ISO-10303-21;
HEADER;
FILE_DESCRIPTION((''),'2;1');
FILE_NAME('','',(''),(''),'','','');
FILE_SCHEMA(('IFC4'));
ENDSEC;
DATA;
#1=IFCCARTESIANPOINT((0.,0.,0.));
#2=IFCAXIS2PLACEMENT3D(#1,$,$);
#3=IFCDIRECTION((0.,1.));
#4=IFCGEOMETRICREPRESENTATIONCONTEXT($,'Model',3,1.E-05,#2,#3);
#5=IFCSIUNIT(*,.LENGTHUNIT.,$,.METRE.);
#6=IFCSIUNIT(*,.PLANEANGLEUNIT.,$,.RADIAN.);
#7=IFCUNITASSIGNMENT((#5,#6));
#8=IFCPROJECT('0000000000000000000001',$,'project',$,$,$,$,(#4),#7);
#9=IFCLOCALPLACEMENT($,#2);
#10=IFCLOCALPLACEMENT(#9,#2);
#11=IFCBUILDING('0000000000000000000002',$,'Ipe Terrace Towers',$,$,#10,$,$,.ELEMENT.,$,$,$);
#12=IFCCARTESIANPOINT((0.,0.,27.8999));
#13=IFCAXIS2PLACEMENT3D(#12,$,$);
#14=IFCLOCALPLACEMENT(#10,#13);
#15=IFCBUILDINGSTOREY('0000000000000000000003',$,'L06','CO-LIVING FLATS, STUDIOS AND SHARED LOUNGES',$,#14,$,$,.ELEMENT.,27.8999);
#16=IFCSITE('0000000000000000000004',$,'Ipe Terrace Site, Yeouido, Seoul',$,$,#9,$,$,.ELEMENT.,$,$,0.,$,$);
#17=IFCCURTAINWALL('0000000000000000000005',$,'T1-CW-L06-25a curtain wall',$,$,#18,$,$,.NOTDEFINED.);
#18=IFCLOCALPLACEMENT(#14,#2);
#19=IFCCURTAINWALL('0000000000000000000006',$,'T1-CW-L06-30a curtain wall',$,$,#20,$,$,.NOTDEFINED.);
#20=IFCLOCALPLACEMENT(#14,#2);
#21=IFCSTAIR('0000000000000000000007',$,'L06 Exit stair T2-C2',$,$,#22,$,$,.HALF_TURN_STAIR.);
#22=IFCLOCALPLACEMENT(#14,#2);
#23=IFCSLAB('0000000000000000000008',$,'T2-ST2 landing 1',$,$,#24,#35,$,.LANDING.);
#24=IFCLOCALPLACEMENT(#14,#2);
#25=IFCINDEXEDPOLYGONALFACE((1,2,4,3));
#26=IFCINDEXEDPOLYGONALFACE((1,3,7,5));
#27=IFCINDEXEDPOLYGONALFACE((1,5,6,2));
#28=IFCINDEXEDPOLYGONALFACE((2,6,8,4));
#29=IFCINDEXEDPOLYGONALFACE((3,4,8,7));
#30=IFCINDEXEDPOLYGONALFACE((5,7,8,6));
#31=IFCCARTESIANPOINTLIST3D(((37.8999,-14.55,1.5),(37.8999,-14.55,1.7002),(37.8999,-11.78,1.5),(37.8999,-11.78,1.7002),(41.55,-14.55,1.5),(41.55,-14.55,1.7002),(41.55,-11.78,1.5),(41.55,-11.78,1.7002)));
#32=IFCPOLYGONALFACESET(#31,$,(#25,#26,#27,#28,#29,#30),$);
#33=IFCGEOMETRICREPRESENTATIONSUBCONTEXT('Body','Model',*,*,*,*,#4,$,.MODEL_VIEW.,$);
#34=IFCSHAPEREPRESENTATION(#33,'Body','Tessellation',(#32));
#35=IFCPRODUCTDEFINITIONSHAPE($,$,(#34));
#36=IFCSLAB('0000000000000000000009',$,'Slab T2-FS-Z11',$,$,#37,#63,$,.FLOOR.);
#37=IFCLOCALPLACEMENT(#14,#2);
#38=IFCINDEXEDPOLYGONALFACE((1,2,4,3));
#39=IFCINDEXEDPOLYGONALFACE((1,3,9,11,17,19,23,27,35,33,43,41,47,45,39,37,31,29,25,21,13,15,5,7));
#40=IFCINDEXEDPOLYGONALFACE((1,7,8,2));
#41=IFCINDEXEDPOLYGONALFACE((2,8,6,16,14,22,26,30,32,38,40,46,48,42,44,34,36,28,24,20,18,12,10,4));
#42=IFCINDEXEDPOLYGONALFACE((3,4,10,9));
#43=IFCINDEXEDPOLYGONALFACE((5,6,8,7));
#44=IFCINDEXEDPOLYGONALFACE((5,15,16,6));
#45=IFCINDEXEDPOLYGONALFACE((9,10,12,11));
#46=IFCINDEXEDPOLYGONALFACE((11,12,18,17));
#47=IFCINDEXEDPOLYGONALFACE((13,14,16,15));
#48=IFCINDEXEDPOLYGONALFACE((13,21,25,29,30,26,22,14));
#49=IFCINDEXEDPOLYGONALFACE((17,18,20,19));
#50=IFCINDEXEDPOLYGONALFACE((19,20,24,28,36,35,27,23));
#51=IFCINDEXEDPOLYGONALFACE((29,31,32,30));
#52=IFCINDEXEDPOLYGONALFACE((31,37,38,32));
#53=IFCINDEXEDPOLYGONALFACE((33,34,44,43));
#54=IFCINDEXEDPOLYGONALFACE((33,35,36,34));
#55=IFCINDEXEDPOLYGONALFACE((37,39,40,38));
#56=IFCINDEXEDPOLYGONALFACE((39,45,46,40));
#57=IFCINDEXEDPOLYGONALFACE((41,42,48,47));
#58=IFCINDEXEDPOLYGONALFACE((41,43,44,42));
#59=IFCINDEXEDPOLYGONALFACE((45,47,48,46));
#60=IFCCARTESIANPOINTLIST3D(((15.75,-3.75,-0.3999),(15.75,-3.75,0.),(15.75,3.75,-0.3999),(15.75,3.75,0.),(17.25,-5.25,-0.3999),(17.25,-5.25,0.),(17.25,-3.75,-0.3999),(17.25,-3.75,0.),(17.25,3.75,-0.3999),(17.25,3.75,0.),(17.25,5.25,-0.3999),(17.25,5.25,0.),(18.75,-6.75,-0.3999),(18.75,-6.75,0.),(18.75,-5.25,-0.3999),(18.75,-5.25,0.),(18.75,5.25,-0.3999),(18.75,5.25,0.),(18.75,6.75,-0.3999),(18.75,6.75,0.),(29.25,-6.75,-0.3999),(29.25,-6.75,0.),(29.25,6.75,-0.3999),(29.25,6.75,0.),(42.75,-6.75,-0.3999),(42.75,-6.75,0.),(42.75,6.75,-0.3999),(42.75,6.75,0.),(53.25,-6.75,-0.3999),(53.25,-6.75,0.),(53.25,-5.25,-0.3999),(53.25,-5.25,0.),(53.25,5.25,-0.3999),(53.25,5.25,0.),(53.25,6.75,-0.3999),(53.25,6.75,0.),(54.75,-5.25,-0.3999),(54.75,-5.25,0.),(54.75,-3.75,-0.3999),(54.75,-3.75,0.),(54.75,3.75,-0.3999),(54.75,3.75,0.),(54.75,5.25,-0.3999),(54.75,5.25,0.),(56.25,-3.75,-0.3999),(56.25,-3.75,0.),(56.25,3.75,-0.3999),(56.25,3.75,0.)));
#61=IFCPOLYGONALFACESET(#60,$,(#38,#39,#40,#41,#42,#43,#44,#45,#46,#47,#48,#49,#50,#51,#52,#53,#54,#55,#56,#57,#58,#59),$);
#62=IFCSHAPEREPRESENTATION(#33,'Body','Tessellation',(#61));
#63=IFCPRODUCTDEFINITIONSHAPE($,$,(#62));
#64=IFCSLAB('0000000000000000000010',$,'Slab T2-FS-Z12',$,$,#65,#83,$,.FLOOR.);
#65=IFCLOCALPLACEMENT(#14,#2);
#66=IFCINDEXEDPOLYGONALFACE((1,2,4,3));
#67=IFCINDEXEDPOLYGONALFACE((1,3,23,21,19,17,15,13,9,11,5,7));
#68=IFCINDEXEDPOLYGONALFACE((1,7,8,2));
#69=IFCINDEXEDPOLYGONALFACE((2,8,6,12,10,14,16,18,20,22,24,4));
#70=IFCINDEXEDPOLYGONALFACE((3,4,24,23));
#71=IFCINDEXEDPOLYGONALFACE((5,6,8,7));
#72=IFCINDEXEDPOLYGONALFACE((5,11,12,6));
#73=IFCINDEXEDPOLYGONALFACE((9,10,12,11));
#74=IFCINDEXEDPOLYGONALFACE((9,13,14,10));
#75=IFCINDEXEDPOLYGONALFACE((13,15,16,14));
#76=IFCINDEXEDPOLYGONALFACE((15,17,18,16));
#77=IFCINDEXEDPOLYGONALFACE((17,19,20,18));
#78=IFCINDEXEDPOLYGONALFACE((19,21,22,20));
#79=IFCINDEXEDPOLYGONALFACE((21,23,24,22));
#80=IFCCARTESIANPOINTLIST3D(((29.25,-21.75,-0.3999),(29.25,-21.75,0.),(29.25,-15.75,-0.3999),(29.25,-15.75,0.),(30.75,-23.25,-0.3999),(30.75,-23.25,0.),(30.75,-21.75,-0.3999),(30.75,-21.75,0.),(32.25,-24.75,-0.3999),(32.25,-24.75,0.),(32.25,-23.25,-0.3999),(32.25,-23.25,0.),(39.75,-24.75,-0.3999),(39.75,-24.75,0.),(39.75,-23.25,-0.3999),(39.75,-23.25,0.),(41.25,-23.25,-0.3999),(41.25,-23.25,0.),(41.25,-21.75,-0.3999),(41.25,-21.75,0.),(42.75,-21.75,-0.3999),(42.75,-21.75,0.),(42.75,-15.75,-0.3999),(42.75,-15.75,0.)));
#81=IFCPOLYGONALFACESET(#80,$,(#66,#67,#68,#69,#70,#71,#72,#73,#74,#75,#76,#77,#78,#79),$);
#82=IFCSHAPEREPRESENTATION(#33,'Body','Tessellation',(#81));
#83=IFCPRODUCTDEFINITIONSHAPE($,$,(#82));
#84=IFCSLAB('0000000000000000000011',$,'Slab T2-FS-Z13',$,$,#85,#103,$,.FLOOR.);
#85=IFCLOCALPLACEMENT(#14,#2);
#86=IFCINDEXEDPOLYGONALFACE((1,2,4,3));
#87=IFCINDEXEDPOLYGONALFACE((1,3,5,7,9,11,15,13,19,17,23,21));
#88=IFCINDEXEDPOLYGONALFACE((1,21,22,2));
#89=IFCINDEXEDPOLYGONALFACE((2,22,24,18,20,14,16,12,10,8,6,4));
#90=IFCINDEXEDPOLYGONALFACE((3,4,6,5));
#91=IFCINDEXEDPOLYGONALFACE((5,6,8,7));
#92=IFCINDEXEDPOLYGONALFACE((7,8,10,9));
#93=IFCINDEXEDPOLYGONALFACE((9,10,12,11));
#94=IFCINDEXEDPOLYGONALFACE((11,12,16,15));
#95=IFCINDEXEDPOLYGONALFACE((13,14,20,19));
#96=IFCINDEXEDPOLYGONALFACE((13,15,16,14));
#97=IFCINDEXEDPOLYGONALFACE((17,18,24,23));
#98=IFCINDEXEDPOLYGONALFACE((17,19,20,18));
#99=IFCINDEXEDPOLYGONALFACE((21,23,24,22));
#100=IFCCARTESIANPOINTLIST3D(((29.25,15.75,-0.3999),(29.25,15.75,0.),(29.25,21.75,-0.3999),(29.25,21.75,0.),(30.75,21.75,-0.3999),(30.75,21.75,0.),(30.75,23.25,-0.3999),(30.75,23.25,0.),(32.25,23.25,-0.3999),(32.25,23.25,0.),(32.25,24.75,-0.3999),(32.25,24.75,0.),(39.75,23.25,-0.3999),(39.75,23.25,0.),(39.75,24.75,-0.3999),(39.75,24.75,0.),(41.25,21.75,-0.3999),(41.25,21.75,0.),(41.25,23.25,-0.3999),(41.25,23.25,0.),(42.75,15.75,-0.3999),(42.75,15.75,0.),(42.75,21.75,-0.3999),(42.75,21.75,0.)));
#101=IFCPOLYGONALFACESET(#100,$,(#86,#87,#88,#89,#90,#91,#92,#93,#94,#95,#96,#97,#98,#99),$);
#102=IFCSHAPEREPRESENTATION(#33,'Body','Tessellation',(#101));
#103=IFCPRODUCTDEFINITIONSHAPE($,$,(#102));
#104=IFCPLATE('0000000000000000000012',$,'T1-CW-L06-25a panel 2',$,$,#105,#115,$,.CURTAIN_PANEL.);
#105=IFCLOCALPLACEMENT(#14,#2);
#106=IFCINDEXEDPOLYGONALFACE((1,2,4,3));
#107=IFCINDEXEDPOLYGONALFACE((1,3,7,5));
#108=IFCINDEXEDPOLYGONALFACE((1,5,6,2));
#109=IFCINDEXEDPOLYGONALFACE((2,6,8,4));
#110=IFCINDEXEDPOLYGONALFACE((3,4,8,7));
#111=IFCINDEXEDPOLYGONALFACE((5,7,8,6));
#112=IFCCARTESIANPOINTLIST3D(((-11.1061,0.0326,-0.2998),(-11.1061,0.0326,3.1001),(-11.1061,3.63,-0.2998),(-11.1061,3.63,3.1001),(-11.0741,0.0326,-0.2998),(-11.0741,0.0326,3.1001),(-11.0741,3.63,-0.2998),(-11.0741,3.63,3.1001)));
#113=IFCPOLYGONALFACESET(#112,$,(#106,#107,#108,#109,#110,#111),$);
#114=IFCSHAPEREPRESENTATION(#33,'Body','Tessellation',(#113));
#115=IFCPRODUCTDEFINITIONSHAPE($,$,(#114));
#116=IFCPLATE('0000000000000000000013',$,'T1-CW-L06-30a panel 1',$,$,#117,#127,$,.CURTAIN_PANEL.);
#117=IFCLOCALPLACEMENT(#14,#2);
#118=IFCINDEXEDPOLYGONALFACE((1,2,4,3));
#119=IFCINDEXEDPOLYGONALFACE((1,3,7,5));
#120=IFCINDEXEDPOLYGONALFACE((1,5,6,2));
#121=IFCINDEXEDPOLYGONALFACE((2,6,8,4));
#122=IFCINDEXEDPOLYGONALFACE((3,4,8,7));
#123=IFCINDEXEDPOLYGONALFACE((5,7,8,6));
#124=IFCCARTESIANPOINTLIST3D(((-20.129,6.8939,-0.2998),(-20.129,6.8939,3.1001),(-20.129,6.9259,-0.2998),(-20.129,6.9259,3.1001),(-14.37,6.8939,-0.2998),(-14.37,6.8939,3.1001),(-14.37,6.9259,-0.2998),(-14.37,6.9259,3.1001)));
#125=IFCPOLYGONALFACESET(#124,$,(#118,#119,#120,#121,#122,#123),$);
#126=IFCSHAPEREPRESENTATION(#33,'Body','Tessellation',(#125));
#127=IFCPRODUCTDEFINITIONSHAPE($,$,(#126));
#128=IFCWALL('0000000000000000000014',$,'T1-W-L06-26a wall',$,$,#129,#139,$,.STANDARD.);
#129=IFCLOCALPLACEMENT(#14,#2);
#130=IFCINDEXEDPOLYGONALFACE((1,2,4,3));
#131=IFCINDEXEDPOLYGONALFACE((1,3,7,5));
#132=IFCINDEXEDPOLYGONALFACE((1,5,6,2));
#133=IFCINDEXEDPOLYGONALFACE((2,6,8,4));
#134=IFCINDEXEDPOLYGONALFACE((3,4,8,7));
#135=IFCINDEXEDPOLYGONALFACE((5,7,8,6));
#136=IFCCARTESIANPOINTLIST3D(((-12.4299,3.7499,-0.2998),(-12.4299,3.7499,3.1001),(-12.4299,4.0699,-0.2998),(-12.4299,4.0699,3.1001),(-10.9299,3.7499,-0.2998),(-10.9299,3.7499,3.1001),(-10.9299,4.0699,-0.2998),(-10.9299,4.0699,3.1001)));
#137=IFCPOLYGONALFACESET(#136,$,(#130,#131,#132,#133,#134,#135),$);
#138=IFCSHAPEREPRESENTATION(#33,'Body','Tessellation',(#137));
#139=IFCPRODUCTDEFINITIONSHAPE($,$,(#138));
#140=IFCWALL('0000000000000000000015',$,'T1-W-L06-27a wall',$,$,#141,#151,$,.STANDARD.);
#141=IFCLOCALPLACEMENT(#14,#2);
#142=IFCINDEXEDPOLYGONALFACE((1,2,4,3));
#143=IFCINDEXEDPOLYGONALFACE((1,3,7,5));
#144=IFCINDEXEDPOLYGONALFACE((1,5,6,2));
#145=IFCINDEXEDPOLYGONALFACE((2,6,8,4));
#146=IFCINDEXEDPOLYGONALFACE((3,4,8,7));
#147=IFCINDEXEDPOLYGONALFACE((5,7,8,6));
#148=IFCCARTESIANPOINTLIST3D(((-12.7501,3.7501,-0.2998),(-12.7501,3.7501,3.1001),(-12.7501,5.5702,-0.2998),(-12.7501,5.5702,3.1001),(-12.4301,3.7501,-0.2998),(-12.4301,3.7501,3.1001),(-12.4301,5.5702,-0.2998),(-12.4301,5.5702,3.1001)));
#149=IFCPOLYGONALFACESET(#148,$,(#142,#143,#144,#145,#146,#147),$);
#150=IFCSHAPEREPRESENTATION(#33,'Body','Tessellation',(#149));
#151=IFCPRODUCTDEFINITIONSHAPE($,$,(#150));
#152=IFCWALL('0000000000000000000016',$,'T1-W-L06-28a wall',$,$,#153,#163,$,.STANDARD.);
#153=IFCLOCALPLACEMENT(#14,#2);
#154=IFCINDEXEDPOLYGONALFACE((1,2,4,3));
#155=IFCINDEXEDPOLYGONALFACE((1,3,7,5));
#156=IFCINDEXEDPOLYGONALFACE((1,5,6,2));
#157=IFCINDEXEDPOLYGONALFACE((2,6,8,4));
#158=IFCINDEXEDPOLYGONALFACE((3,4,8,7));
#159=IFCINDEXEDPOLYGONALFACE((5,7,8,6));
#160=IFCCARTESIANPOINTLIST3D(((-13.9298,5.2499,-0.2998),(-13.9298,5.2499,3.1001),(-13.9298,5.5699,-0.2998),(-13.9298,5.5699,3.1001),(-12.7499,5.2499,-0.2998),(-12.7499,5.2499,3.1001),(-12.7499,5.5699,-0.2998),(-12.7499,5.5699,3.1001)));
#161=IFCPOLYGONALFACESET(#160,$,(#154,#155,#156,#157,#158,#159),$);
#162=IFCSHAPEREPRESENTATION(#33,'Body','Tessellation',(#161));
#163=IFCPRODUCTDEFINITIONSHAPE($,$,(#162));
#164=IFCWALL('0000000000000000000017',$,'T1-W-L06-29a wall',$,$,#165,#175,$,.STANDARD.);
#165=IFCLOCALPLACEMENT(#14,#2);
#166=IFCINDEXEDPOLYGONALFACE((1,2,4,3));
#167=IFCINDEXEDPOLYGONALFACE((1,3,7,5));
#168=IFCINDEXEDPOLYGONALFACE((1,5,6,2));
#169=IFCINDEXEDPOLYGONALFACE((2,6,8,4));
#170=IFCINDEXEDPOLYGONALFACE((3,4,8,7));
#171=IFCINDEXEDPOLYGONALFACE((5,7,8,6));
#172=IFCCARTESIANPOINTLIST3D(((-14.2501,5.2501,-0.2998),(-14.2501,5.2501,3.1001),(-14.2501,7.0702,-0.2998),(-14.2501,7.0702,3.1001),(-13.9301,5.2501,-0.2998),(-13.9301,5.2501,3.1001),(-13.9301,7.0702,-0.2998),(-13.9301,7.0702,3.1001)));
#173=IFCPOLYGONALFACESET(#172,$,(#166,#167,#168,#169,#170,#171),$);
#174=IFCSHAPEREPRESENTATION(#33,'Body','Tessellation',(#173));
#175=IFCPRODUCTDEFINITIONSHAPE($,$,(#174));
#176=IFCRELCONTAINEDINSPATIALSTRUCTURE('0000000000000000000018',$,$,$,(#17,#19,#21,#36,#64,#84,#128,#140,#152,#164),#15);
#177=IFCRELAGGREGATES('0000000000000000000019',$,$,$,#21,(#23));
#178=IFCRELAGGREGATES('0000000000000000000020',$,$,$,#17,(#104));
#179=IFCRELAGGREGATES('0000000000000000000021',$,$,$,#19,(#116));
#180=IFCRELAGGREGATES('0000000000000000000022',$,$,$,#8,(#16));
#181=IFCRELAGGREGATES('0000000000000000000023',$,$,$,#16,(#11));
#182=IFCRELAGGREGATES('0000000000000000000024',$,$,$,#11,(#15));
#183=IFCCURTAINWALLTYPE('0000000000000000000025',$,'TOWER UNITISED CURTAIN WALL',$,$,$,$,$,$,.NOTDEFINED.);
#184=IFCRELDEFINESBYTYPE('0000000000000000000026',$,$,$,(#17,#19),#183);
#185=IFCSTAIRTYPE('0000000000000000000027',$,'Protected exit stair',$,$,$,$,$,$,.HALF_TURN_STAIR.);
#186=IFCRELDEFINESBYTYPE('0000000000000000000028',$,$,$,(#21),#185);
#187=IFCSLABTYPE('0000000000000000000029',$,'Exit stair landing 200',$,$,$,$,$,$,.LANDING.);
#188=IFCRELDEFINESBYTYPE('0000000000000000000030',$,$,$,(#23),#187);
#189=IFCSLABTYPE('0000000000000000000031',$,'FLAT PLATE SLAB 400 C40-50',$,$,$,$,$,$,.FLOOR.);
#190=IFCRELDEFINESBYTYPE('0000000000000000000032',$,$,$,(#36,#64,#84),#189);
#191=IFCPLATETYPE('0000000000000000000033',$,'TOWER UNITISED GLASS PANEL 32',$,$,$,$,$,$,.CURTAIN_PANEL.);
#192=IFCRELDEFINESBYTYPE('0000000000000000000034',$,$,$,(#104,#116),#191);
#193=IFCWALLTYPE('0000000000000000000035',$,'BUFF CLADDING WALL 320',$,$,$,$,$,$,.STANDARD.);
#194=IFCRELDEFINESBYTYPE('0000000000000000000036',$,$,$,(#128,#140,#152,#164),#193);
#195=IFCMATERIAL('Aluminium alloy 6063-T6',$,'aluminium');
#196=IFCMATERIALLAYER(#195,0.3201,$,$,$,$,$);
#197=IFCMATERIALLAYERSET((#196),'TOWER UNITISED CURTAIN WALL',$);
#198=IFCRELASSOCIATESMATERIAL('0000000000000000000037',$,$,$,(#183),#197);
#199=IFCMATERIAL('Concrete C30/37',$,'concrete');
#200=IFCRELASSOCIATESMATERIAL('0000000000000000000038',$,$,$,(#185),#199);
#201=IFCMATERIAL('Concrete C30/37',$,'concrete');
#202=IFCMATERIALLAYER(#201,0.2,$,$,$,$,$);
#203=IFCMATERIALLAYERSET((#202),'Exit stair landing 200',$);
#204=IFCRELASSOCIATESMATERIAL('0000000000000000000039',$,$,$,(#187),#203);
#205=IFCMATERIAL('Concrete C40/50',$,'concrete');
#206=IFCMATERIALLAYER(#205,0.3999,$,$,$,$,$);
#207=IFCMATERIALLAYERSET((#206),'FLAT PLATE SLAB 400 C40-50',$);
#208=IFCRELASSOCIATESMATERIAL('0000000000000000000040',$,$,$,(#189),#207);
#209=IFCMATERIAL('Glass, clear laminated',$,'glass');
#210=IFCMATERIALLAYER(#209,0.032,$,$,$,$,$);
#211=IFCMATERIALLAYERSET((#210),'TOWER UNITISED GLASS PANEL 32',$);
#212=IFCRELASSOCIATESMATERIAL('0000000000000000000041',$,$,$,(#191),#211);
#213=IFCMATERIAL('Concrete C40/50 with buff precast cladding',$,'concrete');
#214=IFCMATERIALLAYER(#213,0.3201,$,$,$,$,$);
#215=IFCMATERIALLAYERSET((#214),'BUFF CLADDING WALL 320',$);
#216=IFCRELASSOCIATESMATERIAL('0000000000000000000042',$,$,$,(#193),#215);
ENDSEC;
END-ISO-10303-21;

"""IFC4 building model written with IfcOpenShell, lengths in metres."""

from ifc_helpers import new_model, si_unit, direction, frame, frame_2d, origin, origin_2d, place, context, subcontext, project, spatial, polyline, rectangle, outline, extrude, material, layer, layer_set, type_object, element, aggregate, save


model = new_model("IFC4")

# Units and contexts
model_context = context("Model", 3, precision=1e-05, world=origin(), true_north=direction((0.0, 1.0)))
body_context = subcontext(model_context, "Body", "Model", "MODEL_VIEW")
ifc_project = project(units=[si_unit("LENGTHUNIT", "METRE"), si_unit("PLANEANGLEUNIT", "RADIAN")], contexts=[model_context])

# Site, building, storey
site_placement = place(None, origin())
site = spatial("IfcSite", under=ifc_project, at=site_placement, Name="Ipe Terrace Site, Yeouido, Seoul", CompositionType="ELEMENT", RefElevation=0.0)
building_placement = place(site_placement, origin())
building = spatial("IfcBuilding", under=site, at=building_placement, Name="Ipe Terrace Towers", CompositionType="ELEMENT")
storey_placement = place(building_placement, frame((0.0, 0.0, 27.8999)))
storey = spatial("IfcBuildingStorey", under=building, at=storey_placement, Name="L06", Description="CO-LIVING FLATS, STUDIOS AND SHARED LOUNGES", CompositionType="ELEMENT", Elevation=27.8999)

# Curtain wall
ifc_material_1 = material(Name="Aluminium alloy 6063-T6", Category="aluminium")
ifc_layer_1 = layer(ifc_material_1, 0.3201)
ifc_layer_set_1 = layer_set([ifc_layer_1], Name="TOWER UNITISED CURTAIN WALL")
curtain_wall_type = type_object("IfcCurtainWallType", Name="TOWER UNITISED CURTAIN WALL", PredefinedType="NOTDEFINED", material=ifc_layer_set_1)
curtain_wall_1_placement = place(storey_placement, origin())
curtain_wall_1 = element("IfcCurtainWall", 1, at=curtain_wall_1_placement, inside=storey, type_object=curtain_wall_type, Name="T1-CW-L06-25a curtain wall", PredefinedType="NOTDEFINED")

# Curtain wall
curtain_wall_2_placement = place(storey_placement, origin())
curtain_wall_2 = element("IfcCurtainWall", 2, at=curtain_wall_2_placement, inside=storey, type_object=curtain_wall_type, Name="T1-CW-L06-30a curtain wall", PredefinedType="NOTDEFINED")

# Stair, slab
ifc_material_2 = material(Name="Concrete C30/37", Category="concrete")
stair_type = type_object("IfcStairType", Name="Protected exit stair", PredefinedType="HALF_TURN_STAIR", material=ifc_material_2)
ifc_material_3 = material(Name="Concrete C30/37", Category="concrete")
ifc_layer_2 = layer(ifc_material_3, 0.2)
ifc_layer_set_2 = layer_set([ifc_layer_2], Name="Exit stair landing 200")
slab_type_1 = type_object("IfcSlabType", Name="Exit stair landing 200", PredefinedType="LANDING", material=ifc_layer_set_2)
stair_1_placement = place(storey_placement, origin())
stair_1 = element("IfcStair", 3, at=stair_1_placement, inside=storey, type_object=stair_type, Name="L06 Exit stair T2-C2", PredefinedType="HALF_TURN_STAIR")
slab_1_placement = place(storey_placement, frame((0.0, 0.0, 1.5)))
slab_1 = element("IfcSlab", 4, at=slab_1_placement, type_object=slab_type_1, Name="T2-ST2 landing 1", PredefinedType="LANDING", context=body_context, shape_type="SweptSolid", body=[
    extrude(outline(polyline([(37.8999, -11.78), (37.8999, -14.55), (41.55, -14.55), (41.55, -11.78), (37.8999, -11.78)])), origin(), (0.0, 0.0, 1.0), 0.2002),
])
aggregate(stair_1, [slab_1])

# Slabs
ifc_material_4 = material(Name="Concrete C40/50", Category="concrete")
ifc_layer_3 = layer(ifc_material_4, 0.3999)
ifc_layer_set_3 = layer_set([ifc_layer_3], Name="FLAT PLATE SLAB 400 C40-50")
slab_type_2 = type_object("IfcSlabType", Name="FLAT PLATE SLAB 400 C40-50", PredefinedType="FLOOR", material=ifc_layer_set_3)
slab_2_placement = place(storey_placement, frame((0.0, 0.0, -0.3999)))
element("IfcSlab", 5, at=slab_2_placement, inside=storey, type_object=slab_type_2, Name="Slab T2-FS-Z11", PredefinedType="FLOOR", context=body_context, shape_type="SweptSolid", body=[
    extrude(outline(polyline([(53.25, 5.25), (54.75, 5.25), (54.75, 3.75), (56.25, 3.75), (56.25, -3.75), (54.75, -3.75), (54.75, -5.25), (53.25, -5.25), (53.25, -6.75), (42.75, -6.75), (29.25, -6.75), (18.75, -6.75), (18.75, -5.25), (17.25, -5.25), (17.25, -3.75), (15.75, -3.75), (15.75, 3.75), (17.25, 3.75), (17.25, 5.25), (18.75, 5.25), (18.75, 6.75), (29.25, 6.75), (42.75, 6.75), (53.25, 6.75), (53.25, 5.25)])), origin(), (0.0, 0.0, 1.0), 0.3999),
])
slab_3_placement = place(storey_placement, frame((0.0, 0.0, -0.3999)))
element("IfcSlab", 6, at=slab_3_placement, inside=storey, type_object=slab_type_2, Name="Slab T2-FS-Z12", PredefinedType="FLOOR", context=body_context, shape_type="SweptSolid", body=[
    extrude(outline(polyline([(42.75, -21.75), (41.25, -21.75), (41.25, -23.25), (39.75, -23.25), (39.75, -24.75), (32.25, -24.75), (32.25, -23.25), (30.75, -23.25), (30.75, -21.75), (29.25, -21.75), (29.25, -15.75), (42.75, -15.75), (42.75, -21.75)])), origin(), (0.0, 0.0, 1.0), 0.3999),
])
slab_4_placement = place(storey_placement, frame((0.0, 0.0, -0.3999)))
element("IfcSlab", 7, at=slab_4_placement, inside=storey, type_object=slab_type_2, Name="Slab T2-FS-Z13", PredefinedType="FLOOR", context=body_context, shape_type="SweptSolid", body=[
    extrude(outline(polyline([(30.75, 21.75), (30.75, 23.25), (32.25, 23.25), (32.25, 24.75), (39.75, 24.75), (39.75, 23.25), (41.25, 23.25), (41.25, 21.75), (42.75, 21.75), (42.75, 15.75), (29.25, 15.75), (29.25, 21.75), (30.75, 21.75)])), origin(), (0.0, 0.0, 1.0), 0.3999),
])

# Plates
ifc_material_5 = material(Name="Glass, clear laminated", Category="glass")
ifc_layer_4 = layer(ifc_material_5, 0.032)
ifc_layer_set_4 = layer_set([ifc_layer_4], Name="TOWER UNITISED GLASS PANEL 32")
plate_type = type_object("IfcPlateType", Name="TOWER UNITISED GLASS PANEL 32", PredefinedType="CURTAIN_PANEL", material=ifc_layer_set_4)
plate_1_placement = place(storey_placement, frame((-11.0901, 1.8313, -0.2998), z_axis=(0.0, 0.0, 1.0), x_axis=(0.0, 1.0, 0.0)))
plate_1 = element("IfcPlate", 8, at=plate_1_placement, type_object=plate_type, Name="T1-CW-L06-25a panel 2", PredefinedType="CURTAIN_PANEL", context=body_context, shape_type="SweptSolid", body=[
    extrude(rectangle(XDim=3.5974, YDim=0.032, at=origin_2d()), origin(), (0.0, 0.0, 1.0), 3.3999),
])
aggregate(curtain_wall_1, [plate_1])
plate_2_placement = place(storey_placement, frame((-17.2495, 6.9099, -0.2998), z_axis=(0.0, 0.0, 1.0), x_axis=(-1.0, 0.0, 0.0)))
plate_2 = element("IfcPlate", 9, at=plate_2_placement, type_object=plate_type, Name="T1-CW-L06-30a panel 1", PredefinedType="CURTAIN_PANEL", context=body_context, shape_type="SweptSolid", body=[
    extrude(rectangle(XDim=5.759, YDim=0.032, at=origin_2d()), origin(), (0.0, 0.0, 1.0), 3.3999),
])
aggregate(curtain_wall_2, [plate_2])

# Walls
ifc_material_6 = material(Name="Concrete C40/50 with buff precast cladding", Category="concrete")
ifc_layer_5 = layer(ifc_material_6, 0.3201)
ifc_layer_set_5 = layer_set([ifc_layer_5], Name="BUFF CLADDING WALL 320")
wall_type_1 = type_object("IfcWallType", Name="BUFF CLADDING WALL 320", PredefinedType="STANDARD", material=ifc_layer_set_5)
wall_1_placement = place(storey_placement, frame((-10.9299, 3.9099, -0.2998), z_axis=(0.0, 0.0, 1.0), x_axis=(-1.0, 0.0, 0.0)))
element("IfcWall", 10, at=wall_1_placement, inside=storey, type_object=wall_type_1, Name="T1-W-L06-26a wall", PredefinedType="STANDARD", context=body_context, shape_type="SweptSolid", body=[
    extrude(rectangle(XDim=1.5, YDim=0.3201, at=frame_2d((0.75, 0.0))), origin(), (0.0, 0.0, 1.0), 3.3999),
])
wall_2_placement = place(storey_placement, frame((-12.5901, 3.75, -0.2998), z_axis=(0.0, 0.0, 1.0), x_axis=(0.0, 1.0, 0.0)))
element("IfcWall", 11, at=wall_2_placement, inside=storey, type_object=wall_type_1, Name="T1-W-L06-27a wall", PredefinedType="STANDARD", context=body_context, shape_type="SweptSolid", body=[
    extrude(rectangle(XDim=1.8201, YDim=0.3201, at=frame_2d((0.9102, 0.0))), origin(), (0.0, 0.0, 1.0), 3.3999),
])
wall_3_placement = place(storey_placement, frame((-12.75, 5.4099, -0.2998), z_axis=(0.0, 0.0, 1.0), x_axis=(-1.0, 0.0, 0.0)))
element("IfcWall", 12, at=wall_3_placement, inside=storey, type_object=wall_type_1, Name="T1-W-L06-28a wall", PredefinedType="STANDARD", context=body_context, shape_type="SweptSolid", body=[
    extrude(rectangle(XDim=1.1799, YDim=0.3201, at=frame_2d((0.5898, 0.0))), origin(), (0.0, 0.0, 1.0), 3.3999),
])
wall_4_placement = place(storey_placement, frame((-14.0901, 5.25, -0.2998), z_axis=(0.0, 0.0, 1.0), x_axis=(0.0, 1.0, 0.0)))
element("IfcWall", 13, at=wall_4_placement, inside=storey, type_object=wall_type_1, Name="T1-W-L06-29a wall", PredefinedType="STANDARD", context=body_context, shape_type="SweptSolid", body=[
    extrude(rectangle(XDim=1.8201, YDim=0.3201, at=frame_2d((0.9102, 0.0))), origin(), (0.0, 0.0, 1.0), 3.3999),
])

save(model, "model.ifc")
